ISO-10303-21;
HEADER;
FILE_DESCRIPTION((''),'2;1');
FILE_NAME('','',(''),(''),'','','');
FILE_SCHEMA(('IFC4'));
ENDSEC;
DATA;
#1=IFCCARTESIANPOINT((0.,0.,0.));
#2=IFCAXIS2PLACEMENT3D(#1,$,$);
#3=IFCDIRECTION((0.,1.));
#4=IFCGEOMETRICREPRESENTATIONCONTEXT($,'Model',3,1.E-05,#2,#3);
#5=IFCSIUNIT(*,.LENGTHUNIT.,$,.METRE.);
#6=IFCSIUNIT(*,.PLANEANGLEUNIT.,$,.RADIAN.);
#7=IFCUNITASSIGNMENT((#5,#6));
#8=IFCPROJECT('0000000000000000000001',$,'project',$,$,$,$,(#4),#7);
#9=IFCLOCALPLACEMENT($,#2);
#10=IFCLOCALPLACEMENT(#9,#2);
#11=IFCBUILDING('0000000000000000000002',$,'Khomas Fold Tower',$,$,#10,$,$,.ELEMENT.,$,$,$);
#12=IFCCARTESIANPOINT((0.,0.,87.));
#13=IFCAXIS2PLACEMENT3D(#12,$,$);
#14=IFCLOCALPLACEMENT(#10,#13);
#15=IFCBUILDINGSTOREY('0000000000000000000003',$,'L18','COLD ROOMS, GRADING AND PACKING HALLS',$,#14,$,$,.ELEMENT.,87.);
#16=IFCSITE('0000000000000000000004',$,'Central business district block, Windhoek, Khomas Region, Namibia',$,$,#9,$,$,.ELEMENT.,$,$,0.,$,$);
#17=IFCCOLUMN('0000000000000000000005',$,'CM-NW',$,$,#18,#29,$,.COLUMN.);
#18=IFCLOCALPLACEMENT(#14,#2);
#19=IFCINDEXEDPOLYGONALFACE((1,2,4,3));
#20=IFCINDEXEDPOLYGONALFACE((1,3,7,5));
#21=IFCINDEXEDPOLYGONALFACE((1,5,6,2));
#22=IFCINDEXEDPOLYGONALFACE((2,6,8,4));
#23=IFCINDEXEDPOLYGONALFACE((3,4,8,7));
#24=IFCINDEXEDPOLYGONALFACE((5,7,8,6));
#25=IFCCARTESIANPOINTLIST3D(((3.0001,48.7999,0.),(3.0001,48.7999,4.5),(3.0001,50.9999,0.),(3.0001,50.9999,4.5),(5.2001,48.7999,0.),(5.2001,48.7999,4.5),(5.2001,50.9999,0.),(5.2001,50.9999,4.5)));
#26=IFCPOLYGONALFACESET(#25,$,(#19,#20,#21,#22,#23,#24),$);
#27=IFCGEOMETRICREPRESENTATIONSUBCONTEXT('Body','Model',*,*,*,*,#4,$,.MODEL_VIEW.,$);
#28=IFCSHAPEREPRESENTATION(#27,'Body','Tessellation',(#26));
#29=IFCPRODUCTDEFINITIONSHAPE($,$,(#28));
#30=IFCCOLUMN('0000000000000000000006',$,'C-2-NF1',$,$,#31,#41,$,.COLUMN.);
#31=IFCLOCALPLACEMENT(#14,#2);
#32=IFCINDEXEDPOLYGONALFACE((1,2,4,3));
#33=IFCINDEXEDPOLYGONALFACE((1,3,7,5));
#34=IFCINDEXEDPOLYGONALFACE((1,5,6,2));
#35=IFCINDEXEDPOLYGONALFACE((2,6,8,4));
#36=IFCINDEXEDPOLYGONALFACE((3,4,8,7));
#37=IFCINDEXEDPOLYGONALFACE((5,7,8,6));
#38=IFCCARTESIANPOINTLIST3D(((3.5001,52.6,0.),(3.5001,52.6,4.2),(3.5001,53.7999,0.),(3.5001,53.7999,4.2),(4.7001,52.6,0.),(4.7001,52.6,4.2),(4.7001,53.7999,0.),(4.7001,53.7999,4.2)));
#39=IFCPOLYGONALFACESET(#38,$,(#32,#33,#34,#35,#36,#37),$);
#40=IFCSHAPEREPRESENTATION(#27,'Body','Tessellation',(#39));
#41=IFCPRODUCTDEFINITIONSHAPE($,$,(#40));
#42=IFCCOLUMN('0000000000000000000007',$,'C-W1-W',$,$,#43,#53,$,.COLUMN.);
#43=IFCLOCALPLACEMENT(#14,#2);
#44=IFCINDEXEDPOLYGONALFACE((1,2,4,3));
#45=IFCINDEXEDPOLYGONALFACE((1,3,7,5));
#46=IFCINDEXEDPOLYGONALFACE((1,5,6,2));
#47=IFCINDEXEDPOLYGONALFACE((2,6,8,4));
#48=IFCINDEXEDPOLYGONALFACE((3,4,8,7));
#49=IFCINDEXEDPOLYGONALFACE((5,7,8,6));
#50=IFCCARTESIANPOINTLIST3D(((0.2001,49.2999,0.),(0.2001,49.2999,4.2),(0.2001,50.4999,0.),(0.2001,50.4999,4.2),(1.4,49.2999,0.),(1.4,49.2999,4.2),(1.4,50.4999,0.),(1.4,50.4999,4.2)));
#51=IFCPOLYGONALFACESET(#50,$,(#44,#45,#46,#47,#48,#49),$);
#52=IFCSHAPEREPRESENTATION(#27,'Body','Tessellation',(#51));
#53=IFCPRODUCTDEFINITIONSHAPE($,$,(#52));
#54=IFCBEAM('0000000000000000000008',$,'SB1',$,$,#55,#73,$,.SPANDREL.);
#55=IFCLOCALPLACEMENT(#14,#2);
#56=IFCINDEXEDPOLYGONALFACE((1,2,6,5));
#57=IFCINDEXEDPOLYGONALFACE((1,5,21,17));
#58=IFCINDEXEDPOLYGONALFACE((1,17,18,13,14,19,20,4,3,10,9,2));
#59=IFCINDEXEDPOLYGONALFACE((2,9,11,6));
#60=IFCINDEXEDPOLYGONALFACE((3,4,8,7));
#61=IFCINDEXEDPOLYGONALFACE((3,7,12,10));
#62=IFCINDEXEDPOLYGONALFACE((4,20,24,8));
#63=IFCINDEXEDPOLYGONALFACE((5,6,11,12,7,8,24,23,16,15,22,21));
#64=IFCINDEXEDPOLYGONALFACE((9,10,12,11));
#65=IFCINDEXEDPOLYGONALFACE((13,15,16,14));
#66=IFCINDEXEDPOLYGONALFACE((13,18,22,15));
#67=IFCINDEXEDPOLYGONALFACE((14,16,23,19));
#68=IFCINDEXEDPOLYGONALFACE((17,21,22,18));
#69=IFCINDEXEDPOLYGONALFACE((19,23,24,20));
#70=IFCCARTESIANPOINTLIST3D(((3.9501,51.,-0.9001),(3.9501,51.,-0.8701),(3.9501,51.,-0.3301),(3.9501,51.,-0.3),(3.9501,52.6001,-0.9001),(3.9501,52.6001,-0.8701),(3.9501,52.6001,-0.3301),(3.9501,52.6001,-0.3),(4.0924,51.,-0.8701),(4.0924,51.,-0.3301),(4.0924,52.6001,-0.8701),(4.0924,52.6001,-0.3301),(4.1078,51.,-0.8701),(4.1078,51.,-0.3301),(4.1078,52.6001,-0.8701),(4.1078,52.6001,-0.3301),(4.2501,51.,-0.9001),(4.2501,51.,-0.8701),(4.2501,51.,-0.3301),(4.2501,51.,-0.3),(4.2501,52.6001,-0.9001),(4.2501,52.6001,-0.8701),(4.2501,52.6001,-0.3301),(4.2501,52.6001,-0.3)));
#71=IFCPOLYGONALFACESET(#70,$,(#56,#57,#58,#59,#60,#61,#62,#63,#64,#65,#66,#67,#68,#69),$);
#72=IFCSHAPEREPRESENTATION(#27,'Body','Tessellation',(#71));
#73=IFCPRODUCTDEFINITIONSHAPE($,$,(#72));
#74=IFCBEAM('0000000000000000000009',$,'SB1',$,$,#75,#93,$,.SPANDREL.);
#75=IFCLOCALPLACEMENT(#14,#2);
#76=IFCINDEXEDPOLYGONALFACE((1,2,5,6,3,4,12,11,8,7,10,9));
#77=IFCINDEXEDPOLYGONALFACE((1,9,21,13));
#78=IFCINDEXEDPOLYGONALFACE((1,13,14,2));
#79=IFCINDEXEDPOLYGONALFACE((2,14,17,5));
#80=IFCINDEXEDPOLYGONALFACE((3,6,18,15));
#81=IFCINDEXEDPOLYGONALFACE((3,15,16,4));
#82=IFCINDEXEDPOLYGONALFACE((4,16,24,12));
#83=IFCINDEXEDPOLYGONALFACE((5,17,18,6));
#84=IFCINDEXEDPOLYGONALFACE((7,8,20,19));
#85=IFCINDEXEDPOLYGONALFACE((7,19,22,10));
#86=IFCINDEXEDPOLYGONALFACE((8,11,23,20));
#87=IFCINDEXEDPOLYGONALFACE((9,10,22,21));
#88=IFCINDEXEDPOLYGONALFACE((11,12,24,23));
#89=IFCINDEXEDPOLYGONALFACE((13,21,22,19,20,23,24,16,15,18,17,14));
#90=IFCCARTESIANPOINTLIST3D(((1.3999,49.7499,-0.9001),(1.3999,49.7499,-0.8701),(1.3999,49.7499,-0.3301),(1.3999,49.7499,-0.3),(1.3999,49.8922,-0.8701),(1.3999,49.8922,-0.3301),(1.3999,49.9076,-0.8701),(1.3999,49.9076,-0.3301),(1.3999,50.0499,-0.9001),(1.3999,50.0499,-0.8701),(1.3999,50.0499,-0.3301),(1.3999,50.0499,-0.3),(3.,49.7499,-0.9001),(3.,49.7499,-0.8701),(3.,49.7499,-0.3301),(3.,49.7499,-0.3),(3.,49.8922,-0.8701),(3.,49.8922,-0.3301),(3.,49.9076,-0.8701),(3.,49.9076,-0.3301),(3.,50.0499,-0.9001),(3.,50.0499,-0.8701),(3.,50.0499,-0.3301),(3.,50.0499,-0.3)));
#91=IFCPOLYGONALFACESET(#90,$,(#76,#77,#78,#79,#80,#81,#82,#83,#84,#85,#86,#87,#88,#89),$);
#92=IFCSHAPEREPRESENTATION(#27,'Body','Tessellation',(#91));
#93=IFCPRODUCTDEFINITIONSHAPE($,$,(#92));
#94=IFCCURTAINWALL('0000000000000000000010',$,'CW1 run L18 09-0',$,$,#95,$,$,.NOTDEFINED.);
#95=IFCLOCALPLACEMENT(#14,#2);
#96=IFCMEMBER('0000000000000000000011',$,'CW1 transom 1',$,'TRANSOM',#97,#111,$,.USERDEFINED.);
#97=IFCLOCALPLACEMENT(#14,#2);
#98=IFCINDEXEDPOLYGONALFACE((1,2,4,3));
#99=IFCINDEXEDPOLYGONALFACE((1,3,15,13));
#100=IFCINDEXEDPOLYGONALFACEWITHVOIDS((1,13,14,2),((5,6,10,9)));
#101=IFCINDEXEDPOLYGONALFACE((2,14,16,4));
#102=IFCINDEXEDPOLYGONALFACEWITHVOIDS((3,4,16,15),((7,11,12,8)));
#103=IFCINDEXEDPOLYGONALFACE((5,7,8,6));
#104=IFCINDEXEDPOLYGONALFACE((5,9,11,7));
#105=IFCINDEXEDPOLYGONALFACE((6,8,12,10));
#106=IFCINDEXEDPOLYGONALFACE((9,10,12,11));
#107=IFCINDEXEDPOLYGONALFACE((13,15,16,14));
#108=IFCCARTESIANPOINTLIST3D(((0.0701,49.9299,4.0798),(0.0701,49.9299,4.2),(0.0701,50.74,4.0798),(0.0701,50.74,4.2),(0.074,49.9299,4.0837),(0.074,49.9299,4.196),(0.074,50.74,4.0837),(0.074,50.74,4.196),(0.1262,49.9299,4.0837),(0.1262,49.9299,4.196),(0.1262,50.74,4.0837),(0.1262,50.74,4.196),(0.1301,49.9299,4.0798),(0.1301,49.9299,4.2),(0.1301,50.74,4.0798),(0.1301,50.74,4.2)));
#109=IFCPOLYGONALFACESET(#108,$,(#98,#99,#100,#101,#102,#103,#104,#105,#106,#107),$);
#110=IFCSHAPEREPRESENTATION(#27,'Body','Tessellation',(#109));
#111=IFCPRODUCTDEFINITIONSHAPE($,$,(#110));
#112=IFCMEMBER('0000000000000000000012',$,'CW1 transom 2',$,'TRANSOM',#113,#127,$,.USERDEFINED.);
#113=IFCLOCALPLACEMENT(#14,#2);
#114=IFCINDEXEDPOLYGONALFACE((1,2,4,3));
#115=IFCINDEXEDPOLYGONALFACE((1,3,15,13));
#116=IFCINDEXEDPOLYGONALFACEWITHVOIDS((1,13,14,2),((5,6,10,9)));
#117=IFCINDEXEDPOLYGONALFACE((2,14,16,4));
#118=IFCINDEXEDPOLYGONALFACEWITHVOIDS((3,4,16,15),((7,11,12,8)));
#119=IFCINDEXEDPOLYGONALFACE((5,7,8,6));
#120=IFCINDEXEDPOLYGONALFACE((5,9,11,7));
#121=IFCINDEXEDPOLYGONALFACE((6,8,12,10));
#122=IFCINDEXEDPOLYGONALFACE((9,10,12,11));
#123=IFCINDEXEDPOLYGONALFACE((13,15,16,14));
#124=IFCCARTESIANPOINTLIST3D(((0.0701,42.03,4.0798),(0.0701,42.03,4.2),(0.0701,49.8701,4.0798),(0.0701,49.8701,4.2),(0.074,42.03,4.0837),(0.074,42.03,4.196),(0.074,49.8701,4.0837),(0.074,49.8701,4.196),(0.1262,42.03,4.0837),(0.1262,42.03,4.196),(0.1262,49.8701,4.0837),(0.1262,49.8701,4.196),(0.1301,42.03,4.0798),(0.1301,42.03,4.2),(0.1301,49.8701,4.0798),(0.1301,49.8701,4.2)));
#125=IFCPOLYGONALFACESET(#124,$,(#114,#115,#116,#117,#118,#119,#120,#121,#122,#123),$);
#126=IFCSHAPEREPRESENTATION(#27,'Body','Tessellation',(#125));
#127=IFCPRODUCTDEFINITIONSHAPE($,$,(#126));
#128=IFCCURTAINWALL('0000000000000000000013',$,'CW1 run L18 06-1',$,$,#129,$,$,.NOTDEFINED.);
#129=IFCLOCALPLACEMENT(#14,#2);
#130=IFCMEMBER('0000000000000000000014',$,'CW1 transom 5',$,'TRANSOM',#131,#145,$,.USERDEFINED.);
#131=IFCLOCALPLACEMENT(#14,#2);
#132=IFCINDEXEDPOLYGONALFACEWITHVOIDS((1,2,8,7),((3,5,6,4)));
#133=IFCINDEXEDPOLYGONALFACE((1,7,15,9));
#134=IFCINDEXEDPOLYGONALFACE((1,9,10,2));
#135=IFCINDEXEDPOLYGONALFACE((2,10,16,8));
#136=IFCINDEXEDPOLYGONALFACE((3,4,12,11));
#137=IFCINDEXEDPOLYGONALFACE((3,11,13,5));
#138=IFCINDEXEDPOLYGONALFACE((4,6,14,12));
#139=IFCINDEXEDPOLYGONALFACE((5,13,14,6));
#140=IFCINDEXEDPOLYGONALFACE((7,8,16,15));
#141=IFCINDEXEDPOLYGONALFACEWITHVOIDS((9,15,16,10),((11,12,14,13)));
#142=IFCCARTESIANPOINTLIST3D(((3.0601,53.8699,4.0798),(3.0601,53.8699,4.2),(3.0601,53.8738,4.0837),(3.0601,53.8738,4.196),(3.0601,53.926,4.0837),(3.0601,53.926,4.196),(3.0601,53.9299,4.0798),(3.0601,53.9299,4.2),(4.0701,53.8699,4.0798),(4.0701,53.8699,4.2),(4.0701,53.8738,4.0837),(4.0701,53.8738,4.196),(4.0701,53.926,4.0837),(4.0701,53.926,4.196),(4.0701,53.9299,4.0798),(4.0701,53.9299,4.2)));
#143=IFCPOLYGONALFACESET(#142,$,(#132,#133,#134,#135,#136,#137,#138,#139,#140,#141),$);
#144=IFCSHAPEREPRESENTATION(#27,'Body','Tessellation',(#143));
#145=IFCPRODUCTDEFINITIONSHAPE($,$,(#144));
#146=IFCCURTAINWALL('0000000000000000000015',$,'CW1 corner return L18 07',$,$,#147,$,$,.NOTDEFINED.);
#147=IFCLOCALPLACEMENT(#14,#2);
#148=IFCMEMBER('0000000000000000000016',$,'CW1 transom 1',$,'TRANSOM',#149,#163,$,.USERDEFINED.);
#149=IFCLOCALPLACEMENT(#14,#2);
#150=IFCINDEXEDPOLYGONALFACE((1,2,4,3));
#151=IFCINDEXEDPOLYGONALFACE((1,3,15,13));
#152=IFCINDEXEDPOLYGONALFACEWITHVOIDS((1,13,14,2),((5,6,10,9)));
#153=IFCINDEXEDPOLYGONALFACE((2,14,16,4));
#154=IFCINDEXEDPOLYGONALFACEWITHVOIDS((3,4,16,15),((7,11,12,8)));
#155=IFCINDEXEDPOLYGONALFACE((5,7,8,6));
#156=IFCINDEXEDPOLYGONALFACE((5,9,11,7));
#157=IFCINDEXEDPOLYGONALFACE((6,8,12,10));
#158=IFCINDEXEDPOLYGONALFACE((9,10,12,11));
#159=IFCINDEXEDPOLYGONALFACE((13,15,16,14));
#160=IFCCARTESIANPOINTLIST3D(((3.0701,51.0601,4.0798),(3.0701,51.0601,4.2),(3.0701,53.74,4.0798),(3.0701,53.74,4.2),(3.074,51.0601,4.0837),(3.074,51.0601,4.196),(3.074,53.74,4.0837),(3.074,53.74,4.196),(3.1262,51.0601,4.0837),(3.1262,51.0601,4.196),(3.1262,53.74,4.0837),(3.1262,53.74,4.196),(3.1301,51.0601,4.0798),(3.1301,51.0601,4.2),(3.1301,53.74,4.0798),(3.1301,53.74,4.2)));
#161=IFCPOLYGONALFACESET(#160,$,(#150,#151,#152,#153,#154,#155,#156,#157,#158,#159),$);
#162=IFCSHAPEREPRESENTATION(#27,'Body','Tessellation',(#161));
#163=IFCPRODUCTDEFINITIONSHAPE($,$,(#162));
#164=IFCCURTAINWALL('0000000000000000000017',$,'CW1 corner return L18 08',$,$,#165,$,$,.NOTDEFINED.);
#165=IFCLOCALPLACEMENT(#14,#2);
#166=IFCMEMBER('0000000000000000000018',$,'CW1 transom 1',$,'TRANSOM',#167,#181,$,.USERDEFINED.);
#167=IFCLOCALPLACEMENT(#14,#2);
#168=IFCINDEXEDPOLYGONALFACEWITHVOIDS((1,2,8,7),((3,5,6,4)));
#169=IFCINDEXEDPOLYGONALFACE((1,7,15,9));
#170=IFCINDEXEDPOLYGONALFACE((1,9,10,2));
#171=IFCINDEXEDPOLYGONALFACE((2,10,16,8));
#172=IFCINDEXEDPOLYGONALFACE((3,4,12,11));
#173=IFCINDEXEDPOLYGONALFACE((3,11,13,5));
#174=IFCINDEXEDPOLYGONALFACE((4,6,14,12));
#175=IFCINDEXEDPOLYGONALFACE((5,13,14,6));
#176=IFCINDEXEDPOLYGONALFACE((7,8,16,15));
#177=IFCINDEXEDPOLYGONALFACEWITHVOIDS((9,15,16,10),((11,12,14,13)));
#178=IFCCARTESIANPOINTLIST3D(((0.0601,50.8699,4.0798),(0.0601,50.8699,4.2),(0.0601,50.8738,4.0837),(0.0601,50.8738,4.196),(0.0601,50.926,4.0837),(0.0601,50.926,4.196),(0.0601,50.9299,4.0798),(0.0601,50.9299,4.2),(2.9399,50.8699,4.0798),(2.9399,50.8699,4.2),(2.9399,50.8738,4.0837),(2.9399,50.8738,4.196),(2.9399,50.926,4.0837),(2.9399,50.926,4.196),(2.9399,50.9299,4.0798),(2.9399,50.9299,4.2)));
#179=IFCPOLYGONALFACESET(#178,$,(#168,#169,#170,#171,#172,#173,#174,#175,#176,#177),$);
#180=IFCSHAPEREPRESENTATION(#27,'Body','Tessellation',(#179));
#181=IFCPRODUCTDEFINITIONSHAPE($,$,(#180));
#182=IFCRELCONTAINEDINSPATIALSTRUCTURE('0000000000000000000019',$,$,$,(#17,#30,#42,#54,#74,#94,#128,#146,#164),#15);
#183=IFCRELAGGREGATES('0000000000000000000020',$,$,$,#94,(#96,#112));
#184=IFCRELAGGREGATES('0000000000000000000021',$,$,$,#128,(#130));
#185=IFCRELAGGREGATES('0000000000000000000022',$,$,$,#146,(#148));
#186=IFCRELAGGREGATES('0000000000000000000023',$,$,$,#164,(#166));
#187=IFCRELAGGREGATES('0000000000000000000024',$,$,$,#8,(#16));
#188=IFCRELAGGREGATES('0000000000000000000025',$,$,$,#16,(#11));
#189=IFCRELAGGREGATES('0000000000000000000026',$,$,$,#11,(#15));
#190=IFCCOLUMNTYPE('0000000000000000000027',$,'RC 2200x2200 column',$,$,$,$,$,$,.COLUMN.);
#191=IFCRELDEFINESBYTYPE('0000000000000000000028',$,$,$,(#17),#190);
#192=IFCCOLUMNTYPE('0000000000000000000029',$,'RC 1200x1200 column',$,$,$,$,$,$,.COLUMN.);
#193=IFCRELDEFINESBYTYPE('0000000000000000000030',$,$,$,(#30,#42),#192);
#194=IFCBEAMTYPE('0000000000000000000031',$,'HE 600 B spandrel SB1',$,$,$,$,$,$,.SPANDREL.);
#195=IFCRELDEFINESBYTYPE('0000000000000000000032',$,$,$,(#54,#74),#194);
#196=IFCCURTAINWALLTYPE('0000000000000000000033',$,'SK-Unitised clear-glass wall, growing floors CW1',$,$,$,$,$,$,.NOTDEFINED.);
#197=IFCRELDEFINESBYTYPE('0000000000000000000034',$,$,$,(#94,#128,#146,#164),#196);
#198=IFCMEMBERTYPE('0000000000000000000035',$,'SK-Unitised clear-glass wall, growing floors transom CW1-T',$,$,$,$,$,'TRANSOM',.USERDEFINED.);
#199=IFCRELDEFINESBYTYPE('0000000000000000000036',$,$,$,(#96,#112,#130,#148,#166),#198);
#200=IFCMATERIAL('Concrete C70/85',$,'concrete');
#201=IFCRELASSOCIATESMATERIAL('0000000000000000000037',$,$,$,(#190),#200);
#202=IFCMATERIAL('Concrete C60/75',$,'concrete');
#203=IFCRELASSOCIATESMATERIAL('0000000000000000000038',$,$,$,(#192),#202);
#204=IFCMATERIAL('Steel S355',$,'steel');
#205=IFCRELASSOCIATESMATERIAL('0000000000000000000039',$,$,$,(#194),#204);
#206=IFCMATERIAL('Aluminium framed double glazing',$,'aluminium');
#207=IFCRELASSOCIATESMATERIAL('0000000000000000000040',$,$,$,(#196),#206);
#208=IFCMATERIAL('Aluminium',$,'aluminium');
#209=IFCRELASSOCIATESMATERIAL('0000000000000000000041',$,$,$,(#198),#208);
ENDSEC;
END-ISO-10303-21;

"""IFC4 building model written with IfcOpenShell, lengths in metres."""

from ifc_helpers import new_model, si_unit, direction, frame, origin, origin_2d, place, context, subcontext, project, spatial, rectangle, hollow_rectangle, i_section, extrude, source, transform, mapped, material, material_profile, profile_set, type_object, element, aggregate, save


model = new_model("IFC4")

# Units and contexts
model_context = context("Model", 3, precision=1e-05, world=origin(), true_north=direction((0.0, 1.0)))
body_context = subcontext(model_context, "Body", "Model", "MODEL_VIEW")
ifc_project = project(units=[si_unit("LENGTHUNIT", "METRE"), si_unit("PLANEANGLEUNIT", "RADIAN")], contexts=[model_context])

# Site, building, storey
site_placement = place(None, origin())
site = spatial("IfcSite", under=ifc_project, at=site_placement, Name="Central business district block, Windhoek, Khomas Region, Namibia", CompositionType="ELEMENT", RefElevation=0.0)
building_placement = place(site_placement, origin())
building = spatial("IfcBuilding", under=site, at=building_placement, Name="Khomas Fold Tower", CompositionType="ELEMENT")
storey_placement = place(building_placement, frame((0.0, 0.0, 87.0)))
storey = spatial("IfcBuildingStorey", under=building, at=storey_placement, Name="L18", Description="COLD ROOMS, GRADING AND PACKING HALLS", CompositionType="ELEMENT", Elevation=87.0)

# Columns
ifc_material_1 = material(Name="Concrete C70/85", Category="concrete")
ifc_material_profile_1 = material_profile(ifc_material_1, rectangle(XDim=2.2, YDim=2.2, at=origin_2d()), Name="RC 2200x2200")
ifc_profile_set_1 = profile_set([ifc_material_profile_1], Name="Concrete C70/85")
column_type_1 = type_object("IfcColumnType", Name="RC 2200x2200 column", PredefinedType="COLUMN", material=ifc_profile_set_1)
shared_shape_1 = source(origin(), body_context, "Body", "SweptSolid", [
    extrude(rectangle(XDim=2.2, YDim=2.2, at=origin_2d()), origin(), (0.0, 0.0, 1.0), 4.5),
])
column_placement = place(storey_placement, frame((4.1001, 49.8999, 0.0), z_axis=(0.0, 0.0, 1.0), x_axis=(1.0, 0.0, 0.0)))
element("IfcColumn", 1, at=column_placement, inside=storey, type_object=column_type_1, Name="CM-NW", PredefinedType="COLUMN", context=body_context, shape_type="MappedRepresentation", body=[
    mapped(shared_shape_1, transform((0.0, 0.0, 0.0))),
])
ifc_material_2 = material(Name="Concrete C60/75", Category="concrete")
ifc_material_profile_2 = material_profile(ifc_material_2, rectangle(XDim=1.2, YDim=1.2, at=origin_2d()), Name="RC 1200x1200")
ifc_profile_set_2 = profile_set([ifc_material_profile_2], Name="Concrete C60/75")
column_type_2 = type_object("IfcColumnType", Name="RC 1200x1200 column", PredefinedType="COLUMN", material=ifc_profile_set_2)
shared_shape_2 = source(origin(), body_context, "Body", "SweptSolid", [
    extrude(rectangle(XDim=1.2, YDim=1.2, at=origin_2d()), origin(), (0.0, 0.0, 1.0), 4.2),
])
for number, where, z_axis, x_axis, name in (
    (2, (4.1001, 53.2, 0.0), (0.0, 0.0, 1.0), (1.0, 0.0, 0.0), "C-2-NF1"),
    (3, (0.8, 49.8999, 0.0), (0.0, 0.0, 1.0), (1.0, 0.0, 0.0), "C-W1-W"),
):
    element("IfcColumn", number, at=place(storey_placement, frame(where, z_axis=z_axis, x_axis=x_axis)), inside=storey, type_object=column_type_2, Name=name, PredefinedType="COLUMN", context=body_context, shape_type="MappedRepresentation", body=[
        mapped(shared_shape_2, transform((0.0, 0.0, 0.0))),
    ])

# Beams
ifc_material_3 = material(Name="Steel S355", Category="steel")
ifc_material_profile_3 = material_profile(ifc_material_3, i_section(OverallWidth=0.3, OverallDepth=0.6001, WebThickness=0.0154, FlangeThickness=0.03, at=origin_2d()), Name="HE 600 B")
ifc_profile_set_3 = profile_set([ifc_material_profile_3], Name="Steel S355")
beam_type = type_object("IfcBeamType", Name="HE 600 B spandrel SB1", PredefinedType="SPANDREL", material=ifc_profile_set_3)
shared_shape_3 = source(origin(), body_context, "Body", "SweptSolid", [
    extrude(i_section(OverallWidth=0.3, OverallDepth=0.6001, WebThickness=0.0154, FlangeThickness=0.03, at=origin_2d()), origin(), (0.0, 0.0, 1.0), 1.6001),
])
for number, where, z_axis, x_axis, name in (
    (4, (4.1001, 51.0, -0.6001), (0.0, 1.0, 0.0), (-1.0, 0.0, 0.0), "SB1"),
    (5, (1.3999, 49.8999, -0.6001), (1.0, 0.0, 0.0), (0.0, 1.0, 0.0), "SB1"),
):
    element("IfcBeam", number, at=place(storey_placement, frame(where, z_axis=z_axis, x_axis=x_axis)), inside=storey, type_object=beam_type, Name=name, PredefinedType="SPANDREL", context=body_context, shape_type="MappedRepresentation", body=[
        mapped(shared_shape_3, transform((0.0, 0.0, 0.0))),
    ])

# Curtain wall, members
ifc_material_4 = material(Name="Aluminium framed double glazing", Category="aluminium")
curtain_wall_type = type_object("IfcCurtainWallType", Name="SK-Unitised clear-glass wall, growing floors CW1", PredefinedType="NOTDEFINED", material=ifc_material_4)
curtain_wall_1_placement = place(storey_placement, origin())
curtain_wall_1 = element("IfcCurtainWall", 6, at=curtain_wall_1_placement, inside=storey, type_object=curtain_wall_type, Name="CW1 run L18 09-0", PredefinedType="NOTDEFINED")
ifc_material_5 = material(Name="Aluminium", Category="aluminium")
ifc_material_profile_4 = material_profile(ifc_material_5, hollow_rectangle(XDim=0.0601, YDim=0.1201, WallThickness=0.0039, at=origin_2d()), Name="SK-Unitised clear-glass wall, growing floors transom CW1-T")
ifc_profile_set_4 = profile_set([ifc_material_profile_4], Name="Aluminium")
member_type_1 = type_object("IfcMemberType", Name="SK-Unitised clear-glass wall, growing floors transom CW1-T", ElementType="TRANSOM", PredefinedType="USERDEFINED", material=ifc_profile_set_4)
shared_shape_4 = source(origin(), body_context, "Body", "SweptSolid", [
    extrude(hollow_rectangle(XDim=0.0601, YDim=0.1201, WallThickness=0.0039, at=origin_2d()), origin(), (0.0, 0.0, 1.0), 0.8101),
])
member_1_placement = place(storey_placement, frame((0.1001, 50.74, 4.1399), z_axis=(0.0, -1.0, 0.0), x_axis=(1.0, 0.0, 0.0)))
member_1 = element("IfcMember", 7, at=member_1_placement, type_object=member_type_1, Name="CW1 transom 1", ObjectType="TRANSOM", PredefinedType="USERDEFINED", context=body_context, shape_type="MappedRepresentation", body=[
    mapped(shared_shape_4, transform((0.0, 0.0, 0.0))),
])
shared_shape_5 = source(origin(), body_context, "Body", "SweptSolid", [
    extrude(hollow_rectangle(XDim=0.0601, YDim=0.1201, WallThickness=0.0039, at=origin_2d()), origin(), (0.0, 0.0, 1.0), 7.8401),
])
member_2_placement = place(storey_placement, frame((0.1001, 49.8701, 4.1399), z_axis=(0.0, -1.0, 0.0), x_axis=(1.0, 0.0, 0.0)))
member_2 = element("IfcMember", 8, at=member_2_placement, type_object=member_type_1, Name="CW1 transom 2", ObjectType="TRANSOM", PredefinedType="USERDEFINED", context=body_context, shape_type="MappedRepresentation", body=[
    mapped(shared_shape_5, transform((0.0, 0.0, 0.0))),
])

# Curtain walls, members
curtain_wall_2_placement = place(storey_placement, origin())
curtain_wall_2 = element("IfcCurtainWall", 9, at=curtain_wall_2_placement, inside=storey, type_object=curtain_wall_type, Name="CW1 run L18 06-1", PredefinedType="NOTDEFINED")
shared_shape_6 = source(origin(), body_context, "Body", "SweptSolid", [
    extrude(hollow_rectangle(XDim=0.0601, YDim=0.1201, WallThickness=0.0039, at=origin_2d()), origin(), (0.0, 0.0, 1.0), 1.01),
])
member_3_placement = place(storey_placement, frame((4.0701, 53.8999, 4.1399), z_axis=(-1.0, 0.0, 0.0), x_axis=(0.0, -1.0, 0.0)))
member_3 = element("IfcMember", 10, at=member_3_placement, type_object=member_type_1, Name="CW1 transom 5", ObjectType="TRANSOM", PredefinedType="USERDEFINED", context=body_context, shape_type="MappedRepresentation", body=[
    mapped(shared_shape_6, transform((0.0, 0.0, 0.0))),
])
curtain_wall_3_placement = place(storey_placement, origin())
curtain_wall_3 = element("IfcCurtainWall", 11, at=curtain_wall_3_placement, inside=storey, type_object=curtain_wall_type, Name="CW1 corner return L18 07", PredefinedType="NOTDEFINED")
shared_shape_7 = source(origin(), body_context, "Body", "SweptSolid", [
    extrude(hollow_rectangle(XDim=0.0601, YDim=0.1201, WallThickness=0.0039, at=origin_2d()), origin(), (0.0, 0.0, 1.0), 2.6799),
])
member_4_placement = place(storey_placement, frame((3.1001, 53.74, 4.1399), z_axis=(0.0, -1.0, 0.0), x_axis=(1.0, 0.0, 0.0)))
member_4 = element("IfcMember", 12, at=member_4_placement, type_object=member_type_1, Name="CW1 transom 1", ObjectType="TRANSOM", PredefinedType="USERDEFINED", context=body_context, shape_type="MappedRepresentation", body=[
    mapped(shared_shape_7, transform((0.0, 0.0, 0.0))),
])
curtain_wall_4_placement = place(storey_placement, origin())
curtain_wall_4 = element("IfcCurtainWall", 13, at=curtain_wall_4_placement, inside=storey, type_object=curtain_wall_type, Name="CW1 corner return L18 08", PredefinedType="NOTDEFINED")
shared_shape_8 = source(origin(), body_context, "Body", "SweptSolid", [
    extrude(hollow_rectangle(XDim=0.0601, YDim=0.1201, WallThickness=0.0039, at=origin_2d()), origin(), (0.0, 0.0, 1.0), 2.8799),
])
member_5_placement = place(storey_placement, frame((2.9399, 50.8999, 4.1399), z_axis=(-1.0, 0.0, 0.0), x_axis=(0.0, -1.0, 0.0)))
member_5 = element("IfcMember", 14, at=member_5_placement, type_object=member_type_1, Name="CW1 transom 1", ObjectType="TRANSOM", PredefinedType="USERDEFINED", context=body_context, shape_type="MappedRepresentation", body=[
    mapped(shared_shape_8, transform((0.0, 0.0, 0.0))),
])

aggregate(curtain_wall_1, [member_1, member_2])
aggregate(curtain_wall_2, [member_3])
aggregate(curtain_wall_3, [member_4])
aggregate(curtain_wall_4, [member_5])

save(model, "model.ifc")
